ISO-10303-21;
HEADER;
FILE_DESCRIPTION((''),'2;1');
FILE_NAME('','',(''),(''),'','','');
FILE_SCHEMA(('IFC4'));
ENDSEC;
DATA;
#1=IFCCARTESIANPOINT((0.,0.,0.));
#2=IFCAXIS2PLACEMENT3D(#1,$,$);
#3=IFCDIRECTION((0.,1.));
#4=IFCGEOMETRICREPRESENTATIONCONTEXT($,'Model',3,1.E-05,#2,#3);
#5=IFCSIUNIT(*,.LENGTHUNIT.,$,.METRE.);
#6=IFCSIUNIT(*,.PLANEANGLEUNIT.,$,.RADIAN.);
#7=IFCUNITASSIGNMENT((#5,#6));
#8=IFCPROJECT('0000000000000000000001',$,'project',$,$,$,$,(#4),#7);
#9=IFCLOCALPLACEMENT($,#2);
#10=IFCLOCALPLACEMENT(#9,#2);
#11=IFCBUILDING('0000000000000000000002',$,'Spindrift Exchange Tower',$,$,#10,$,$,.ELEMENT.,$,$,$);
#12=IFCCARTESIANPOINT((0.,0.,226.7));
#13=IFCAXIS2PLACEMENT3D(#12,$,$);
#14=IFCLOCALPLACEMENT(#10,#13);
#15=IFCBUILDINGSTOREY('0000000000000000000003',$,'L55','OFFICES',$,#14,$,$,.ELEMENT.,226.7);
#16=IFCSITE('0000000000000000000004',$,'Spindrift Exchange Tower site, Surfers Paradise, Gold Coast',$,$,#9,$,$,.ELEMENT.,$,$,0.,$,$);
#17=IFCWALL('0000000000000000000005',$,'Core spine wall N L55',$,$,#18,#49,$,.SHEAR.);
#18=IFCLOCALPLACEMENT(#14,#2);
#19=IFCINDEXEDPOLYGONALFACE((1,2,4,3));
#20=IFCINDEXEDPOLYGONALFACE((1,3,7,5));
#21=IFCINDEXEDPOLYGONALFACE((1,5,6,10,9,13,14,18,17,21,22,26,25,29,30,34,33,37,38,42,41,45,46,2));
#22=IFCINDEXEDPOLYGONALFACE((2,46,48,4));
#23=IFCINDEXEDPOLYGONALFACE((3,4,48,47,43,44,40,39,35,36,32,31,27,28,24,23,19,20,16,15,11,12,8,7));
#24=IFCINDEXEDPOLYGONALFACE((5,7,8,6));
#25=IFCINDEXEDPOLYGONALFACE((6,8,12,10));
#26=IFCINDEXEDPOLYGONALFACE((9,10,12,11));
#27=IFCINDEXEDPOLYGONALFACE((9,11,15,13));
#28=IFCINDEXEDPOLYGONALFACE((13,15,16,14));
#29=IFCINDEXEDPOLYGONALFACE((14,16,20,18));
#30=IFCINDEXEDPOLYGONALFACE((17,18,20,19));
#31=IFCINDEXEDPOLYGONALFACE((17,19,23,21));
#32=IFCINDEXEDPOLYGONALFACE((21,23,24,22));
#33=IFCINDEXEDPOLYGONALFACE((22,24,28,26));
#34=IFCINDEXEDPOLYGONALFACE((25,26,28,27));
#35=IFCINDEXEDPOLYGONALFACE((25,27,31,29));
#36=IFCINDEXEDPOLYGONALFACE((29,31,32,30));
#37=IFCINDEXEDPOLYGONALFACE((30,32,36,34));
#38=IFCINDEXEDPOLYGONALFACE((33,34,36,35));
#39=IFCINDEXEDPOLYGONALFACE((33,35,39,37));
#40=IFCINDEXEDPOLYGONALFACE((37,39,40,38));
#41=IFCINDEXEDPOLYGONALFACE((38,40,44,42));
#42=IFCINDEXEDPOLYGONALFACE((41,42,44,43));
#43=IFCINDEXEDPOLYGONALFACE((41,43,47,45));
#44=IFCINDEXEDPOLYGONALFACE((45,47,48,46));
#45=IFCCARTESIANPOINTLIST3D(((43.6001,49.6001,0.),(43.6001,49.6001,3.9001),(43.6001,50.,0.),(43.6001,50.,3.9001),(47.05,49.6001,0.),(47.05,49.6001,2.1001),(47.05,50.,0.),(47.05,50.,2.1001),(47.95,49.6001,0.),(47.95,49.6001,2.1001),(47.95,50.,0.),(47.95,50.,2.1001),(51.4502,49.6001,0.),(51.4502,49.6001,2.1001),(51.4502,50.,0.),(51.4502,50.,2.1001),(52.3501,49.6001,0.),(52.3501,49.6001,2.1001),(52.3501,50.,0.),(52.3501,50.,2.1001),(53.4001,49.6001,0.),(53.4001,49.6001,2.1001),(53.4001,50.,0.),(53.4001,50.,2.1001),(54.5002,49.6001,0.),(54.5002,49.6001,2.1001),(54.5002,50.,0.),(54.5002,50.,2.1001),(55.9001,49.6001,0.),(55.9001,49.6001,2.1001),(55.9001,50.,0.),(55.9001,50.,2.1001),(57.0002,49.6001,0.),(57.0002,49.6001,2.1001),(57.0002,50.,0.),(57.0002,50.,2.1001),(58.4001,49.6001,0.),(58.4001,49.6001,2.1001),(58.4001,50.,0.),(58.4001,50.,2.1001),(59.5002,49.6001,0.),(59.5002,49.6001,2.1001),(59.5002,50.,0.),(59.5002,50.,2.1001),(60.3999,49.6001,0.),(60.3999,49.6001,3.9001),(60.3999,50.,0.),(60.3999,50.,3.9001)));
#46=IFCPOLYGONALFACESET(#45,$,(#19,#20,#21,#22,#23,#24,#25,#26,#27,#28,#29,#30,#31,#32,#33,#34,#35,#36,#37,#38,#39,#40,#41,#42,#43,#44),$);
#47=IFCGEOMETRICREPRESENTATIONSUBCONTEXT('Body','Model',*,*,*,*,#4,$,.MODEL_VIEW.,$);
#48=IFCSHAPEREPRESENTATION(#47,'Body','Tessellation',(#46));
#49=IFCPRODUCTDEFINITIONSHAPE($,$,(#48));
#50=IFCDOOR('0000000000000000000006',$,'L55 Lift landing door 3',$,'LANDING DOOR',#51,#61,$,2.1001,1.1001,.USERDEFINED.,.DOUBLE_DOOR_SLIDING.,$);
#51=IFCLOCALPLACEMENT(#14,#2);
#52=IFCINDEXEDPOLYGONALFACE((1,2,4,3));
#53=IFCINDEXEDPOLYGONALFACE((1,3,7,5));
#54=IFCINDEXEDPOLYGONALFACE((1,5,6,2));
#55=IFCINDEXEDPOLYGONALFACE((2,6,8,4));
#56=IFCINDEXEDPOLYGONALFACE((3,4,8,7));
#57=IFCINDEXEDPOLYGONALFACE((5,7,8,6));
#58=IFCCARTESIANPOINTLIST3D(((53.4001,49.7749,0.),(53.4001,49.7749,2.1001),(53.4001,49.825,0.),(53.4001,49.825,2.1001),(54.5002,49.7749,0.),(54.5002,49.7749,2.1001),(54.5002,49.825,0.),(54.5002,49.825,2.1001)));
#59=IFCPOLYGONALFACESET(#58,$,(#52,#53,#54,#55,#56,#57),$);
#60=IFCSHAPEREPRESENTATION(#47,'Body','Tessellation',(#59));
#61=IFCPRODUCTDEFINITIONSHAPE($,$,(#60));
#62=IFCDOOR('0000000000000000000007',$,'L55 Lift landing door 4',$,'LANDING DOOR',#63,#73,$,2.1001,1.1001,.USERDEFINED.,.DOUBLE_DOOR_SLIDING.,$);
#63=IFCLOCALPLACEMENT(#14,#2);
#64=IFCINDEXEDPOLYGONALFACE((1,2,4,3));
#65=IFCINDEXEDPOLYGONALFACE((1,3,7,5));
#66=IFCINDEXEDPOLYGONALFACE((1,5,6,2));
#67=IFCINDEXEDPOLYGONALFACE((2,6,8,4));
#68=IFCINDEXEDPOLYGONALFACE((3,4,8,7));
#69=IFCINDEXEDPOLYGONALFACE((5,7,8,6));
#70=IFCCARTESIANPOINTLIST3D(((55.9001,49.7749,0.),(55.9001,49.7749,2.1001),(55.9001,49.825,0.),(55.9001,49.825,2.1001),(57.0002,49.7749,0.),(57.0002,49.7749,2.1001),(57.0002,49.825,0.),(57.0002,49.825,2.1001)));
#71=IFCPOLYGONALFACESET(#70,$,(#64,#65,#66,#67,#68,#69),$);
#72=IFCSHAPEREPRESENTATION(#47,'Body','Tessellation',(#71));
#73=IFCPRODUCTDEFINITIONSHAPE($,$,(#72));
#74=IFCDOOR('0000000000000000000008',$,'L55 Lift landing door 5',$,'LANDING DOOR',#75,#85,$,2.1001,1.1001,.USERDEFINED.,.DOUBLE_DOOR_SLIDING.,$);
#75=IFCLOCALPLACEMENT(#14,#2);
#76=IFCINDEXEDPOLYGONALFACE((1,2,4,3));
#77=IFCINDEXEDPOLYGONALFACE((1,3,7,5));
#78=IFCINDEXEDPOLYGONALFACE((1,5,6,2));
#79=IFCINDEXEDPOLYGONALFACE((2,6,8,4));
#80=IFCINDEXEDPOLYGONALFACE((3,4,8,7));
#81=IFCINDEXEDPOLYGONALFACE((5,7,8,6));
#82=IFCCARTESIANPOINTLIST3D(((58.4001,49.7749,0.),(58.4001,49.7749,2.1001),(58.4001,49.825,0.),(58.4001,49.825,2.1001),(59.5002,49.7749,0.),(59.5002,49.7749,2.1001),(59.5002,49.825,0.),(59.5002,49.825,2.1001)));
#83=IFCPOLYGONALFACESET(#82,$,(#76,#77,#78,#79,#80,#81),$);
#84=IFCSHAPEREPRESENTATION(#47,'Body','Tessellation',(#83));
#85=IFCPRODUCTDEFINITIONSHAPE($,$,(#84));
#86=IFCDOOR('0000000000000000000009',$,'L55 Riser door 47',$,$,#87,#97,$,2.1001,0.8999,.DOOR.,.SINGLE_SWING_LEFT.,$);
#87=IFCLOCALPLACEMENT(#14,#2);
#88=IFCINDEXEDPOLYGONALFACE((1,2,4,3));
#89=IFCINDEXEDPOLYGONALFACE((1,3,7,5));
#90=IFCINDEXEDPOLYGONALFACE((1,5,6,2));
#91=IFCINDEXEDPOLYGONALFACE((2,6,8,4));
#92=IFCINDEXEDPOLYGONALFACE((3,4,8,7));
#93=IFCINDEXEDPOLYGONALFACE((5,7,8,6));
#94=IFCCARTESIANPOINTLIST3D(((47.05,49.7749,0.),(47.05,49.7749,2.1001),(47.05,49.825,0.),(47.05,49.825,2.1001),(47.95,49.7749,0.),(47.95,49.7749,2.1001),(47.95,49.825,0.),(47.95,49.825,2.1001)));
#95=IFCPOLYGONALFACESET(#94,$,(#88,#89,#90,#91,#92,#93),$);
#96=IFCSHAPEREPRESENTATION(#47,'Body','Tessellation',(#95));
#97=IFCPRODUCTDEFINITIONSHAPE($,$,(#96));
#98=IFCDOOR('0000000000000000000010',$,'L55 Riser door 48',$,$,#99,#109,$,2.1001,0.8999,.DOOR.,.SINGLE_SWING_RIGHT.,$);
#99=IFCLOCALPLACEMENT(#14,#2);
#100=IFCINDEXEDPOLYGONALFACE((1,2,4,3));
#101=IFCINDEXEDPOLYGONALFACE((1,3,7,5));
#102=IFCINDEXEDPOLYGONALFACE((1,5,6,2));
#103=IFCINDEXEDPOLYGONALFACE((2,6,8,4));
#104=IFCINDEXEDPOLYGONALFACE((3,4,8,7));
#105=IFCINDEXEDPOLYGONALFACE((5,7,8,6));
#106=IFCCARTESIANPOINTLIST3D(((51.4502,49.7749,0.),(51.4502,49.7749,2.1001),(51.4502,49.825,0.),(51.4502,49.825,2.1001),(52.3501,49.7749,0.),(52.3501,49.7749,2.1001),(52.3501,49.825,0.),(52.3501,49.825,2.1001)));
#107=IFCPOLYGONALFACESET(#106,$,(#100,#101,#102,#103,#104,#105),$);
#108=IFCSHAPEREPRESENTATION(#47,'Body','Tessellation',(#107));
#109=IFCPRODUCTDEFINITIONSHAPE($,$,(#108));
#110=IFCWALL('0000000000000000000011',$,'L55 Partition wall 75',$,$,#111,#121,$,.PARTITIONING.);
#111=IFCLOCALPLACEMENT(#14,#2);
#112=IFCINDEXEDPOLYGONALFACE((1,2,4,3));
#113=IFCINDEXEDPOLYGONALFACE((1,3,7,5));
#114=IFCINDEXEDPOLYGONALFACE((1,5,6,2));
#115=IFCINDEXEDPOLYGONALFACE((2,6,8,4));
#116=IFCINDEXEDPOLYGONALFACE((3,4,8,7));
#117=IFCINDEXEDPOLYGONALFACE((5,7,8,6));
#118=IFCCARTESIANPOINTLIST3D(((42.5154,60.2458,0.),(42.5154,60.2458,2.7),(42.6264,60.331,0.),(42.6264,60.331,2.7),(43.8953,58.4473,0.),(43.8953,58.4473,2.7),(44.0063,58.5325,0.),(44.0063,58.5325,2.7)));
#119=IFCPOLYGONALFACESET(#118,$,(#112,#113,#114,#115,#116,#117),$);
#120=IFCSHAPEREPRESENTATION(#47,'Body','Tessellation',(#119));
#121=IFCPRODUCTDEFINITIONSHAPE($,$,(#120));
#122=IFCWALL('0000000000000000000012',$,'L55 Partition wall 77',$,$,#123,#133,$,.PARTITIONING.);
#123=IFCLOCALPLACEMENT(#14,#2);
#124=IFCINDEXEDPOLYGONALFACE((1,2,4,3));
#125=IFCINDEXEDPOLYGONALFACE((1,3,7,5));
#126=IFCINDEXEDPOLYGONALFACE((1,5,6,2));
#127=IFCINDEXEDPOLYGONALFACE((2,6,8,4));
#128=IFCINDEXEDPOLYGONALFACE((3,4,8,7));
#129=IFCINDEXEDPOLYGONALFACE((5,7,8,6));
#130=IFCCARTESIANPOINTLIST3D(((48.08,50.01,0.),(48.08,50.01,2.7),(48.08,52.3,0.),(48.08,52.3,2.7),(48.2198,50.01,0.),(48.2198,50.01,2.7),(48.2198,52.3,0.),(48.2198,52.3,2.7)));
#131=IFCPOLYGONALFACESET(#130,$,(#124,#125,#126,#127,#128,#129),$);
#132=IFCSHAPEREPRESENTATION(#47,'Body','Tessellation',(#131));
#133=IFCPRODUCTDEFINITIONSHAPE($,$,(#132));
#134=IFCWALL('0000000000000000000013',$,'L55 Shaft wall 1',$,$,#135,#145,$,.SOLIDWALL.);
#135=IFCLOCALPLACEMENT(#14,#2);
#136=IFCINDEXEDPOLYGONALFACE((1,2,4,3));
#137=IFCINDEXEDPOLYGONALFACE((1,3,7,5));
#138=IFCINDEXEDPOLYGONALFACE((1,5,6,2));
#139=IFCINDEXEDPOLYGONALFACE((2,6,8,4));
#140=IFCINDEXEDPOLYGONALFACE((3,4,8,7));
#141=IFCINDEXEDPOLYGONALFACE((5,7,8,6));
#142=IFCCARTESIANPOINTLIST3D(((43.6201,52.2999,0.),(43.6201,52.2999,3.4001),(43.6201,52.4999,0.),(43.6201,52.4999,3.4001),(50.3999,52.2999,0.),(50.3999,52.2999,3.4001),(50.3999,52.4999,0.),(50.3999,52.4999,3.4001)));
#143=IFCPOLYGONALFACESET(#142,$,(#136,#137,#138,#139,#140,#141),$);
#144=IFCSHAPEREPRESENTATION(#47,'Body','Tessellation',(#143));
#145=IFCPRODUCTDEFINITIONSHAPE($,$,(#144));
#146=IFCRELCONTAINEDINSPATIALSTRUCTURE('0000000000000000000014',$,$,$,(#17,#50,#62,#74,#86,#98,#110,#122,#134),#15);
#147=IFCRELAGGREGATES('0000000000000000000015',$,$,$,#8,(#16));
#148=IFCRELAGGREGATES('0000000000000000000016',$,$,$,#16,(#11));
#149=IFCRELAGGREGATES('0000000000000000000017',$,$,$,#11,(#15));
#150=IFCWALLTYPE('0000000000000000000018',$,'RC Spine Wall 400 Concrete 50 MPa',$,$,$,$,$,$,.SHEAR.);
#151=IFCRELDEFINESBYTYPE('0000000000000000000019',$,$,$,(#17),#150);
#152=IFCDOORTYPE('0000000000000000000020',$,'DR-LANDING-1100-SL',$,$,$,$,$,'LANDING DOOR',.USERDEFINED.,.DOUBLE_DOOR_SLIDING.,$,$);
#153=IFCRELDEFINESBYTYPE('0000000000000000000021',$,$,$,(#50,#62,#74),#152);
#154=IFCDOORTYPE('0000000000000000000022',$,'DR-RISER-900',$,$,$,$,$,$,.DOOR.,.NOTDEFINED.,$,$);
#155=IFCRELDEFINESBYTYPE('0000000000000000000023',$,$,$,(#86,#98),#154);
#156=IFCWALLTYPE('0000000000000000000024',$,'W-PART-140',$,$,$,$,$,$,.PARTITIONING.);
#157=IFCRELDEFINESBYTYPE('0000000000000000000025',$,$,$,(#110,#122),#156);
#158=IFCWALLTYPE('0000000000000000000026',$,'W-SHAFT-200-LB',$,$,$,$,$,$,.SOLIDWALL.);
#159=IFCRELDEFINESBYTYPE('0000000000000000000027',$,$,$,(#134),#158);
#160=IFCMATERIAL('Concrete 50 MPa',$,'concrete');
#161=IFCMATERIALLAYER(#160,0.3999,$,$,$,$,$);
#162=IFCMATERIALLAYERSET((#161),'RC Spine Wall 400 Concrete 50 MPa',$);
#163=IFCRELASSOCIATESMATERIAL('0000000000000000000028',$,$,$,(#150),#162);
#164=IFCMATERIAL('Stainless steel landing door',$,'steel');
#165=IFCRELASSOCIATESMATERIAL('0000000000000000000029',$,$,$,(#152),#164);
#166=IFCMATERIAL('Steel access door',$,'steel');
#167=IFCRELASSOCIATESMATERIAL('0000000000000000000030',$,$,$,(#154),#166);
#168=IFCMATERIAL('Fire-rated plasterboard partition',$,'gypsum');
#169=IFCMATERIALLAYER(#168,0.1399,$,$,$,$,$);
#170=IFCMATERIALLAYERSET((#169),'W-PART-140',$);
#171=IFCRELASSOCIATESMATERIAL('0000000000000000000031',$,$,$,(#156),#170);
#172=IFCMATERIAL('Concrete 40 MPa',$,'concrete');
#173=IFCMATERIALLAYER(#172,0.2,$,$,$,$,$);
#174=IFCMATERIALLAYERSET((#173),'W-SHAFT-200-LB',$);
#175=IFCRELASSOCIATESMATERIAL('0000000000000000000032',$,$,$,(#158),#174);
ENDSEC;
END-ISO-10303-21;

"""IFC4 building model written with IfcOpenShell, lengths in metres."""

from ifc_helpers import new_model, si_unit, direction, frame, frame_2d, origin, place, context, subcontext, project, spatial, rectangle, extrude, source, transform, mapped, material, layer, layer_set, type_object, element, fill, save


model = new_model("IFC4")

# Units and contexts
model_context = context("Model", 3, precision=1e-05, world=origin(), true_north=direction((0.0, 1.0)))
body_context = subcontext(model_context, "Body", "Model", "MODEL_VIEW")
ifc_project = project(units=[si_unit("LENGTHUNIT", "METRE"), si_unit("PLANEANGLEUNIT", "RADIAN")], contexts=[model_context])

# Site, building, storey
site_placement = place(None, origin())
site = spatial("IfcSite", under=ifc_project, at=site_placement, Name="Spindrift Exchange Tower site, Surfers Paradise, Gold Coast", CompositionType="ELEMENT", RefElevation=0.0)
building_placement = place(site_placement, origin())
building = spatial("IfcBuilding", under=site, at=building_placement, Name="Spindrift Exchange Tower", CompositionType="ELEMENT")
storey_placement = place(building_placement, frame((0.0, 0.0, 226.7)))
storey = spatial("IfcBuildingStorey", under=building, at=storey_placement, Name="L55", Description="OFFICES", CompositionType="ELEMENT", Elevation=226.7)

# Shared definitions
ifc_material_1 = material(Name="Concrete 50 MPa", Category="concrete")

# Wall, openings, doors
ifc_layer_1 = layer(ifc_material_1, 0.3999)
ifc_layer_set_1 = layer_set([ifc_layer_1], Name="RC Spine Wall 400 Concrete 50 MPa")
wall_type_1 = type_object("IfcWallType", Name="RC Spine Wall 400 Concrete 50 MPa", PredefinedType="SHEAR", material=ifc_layer_set_1)
wall_1_placement = place(storey_placement, frame((43.6001, 49.8, 0.0), z_axis=(0.0, 0.0, 1.0), x_axis=(1.0, 0.0, 0.0)))
wall_1 = element("IfcWall", 1, at=wall_1_placement, inside=storey, type_object=wall_type_1, Name="Core spine wall N L55", PredefinedType="SHEAR", context=body_context, shape_type="SweptSolid", body=[
    extrude(rectangle(XDim=16.7998, YDim=0.3999, at=frame_2d((8.3999, 0.0))), origin(), (0.0, 0.0, 1.0), 3.9001),
])
opening_1_placement = place(wall_1_placement, frame((9.8, 0.0, 0.0)))
opening_1 = element("IfcOpeningElement", 2, at=opening_1_placement, cuts=wall_1, PredefinedType="OPENING", context=body_context, shape_type="SweptSolid", body=[
    extrude(rectangle(XDim=1.1001, YDim=2.1001, at=frame_2d((0.55, 1.05))), frame((0.0, 0.21, 0.0), z_axis=(0.0, -1.0, 0.0), x_axis=(1.0, 0.0, 0.0)), (0.0, 0.0, 1.0), 0.4199),
])
opening_2_placement = place(wall_1_placement, frame((12.3, 0.0, 0.0)))
opening_2 = element("IfcOpeningElement", 3, at=opening_2_placement, cuts=wall_1, PredefinedType="OPENING", context=body_context, shape_type="SweptSolid", body=[
    extrude(rectangle(XDim=1.1001, YDim=2.1001, at=frame_2d((0.55, 1.05))), frame((0.0, 0.21, 0.0), z_axis=(0.0, -1.0, 0.0), x_axis=(1.0, 0.0, 0.0)), (0.0, 0.0, 1.0), 0.4199),
])
opening_3_placement = place(wall_1_placement, frame((14.8, 0.0, 0.0)))
opening_3 = element("IfcOpeningElement", 4, at=opening_3_placement, cuts=wall_1, PredefinedType="OPENING", context=body_context, shape_type="SweptSolid", body=[
    extrude(rectangle(XDim=1.1001, YDim=2.1001, at=frame_2d((0.55, 1.05))), frame((0.0, 0.21, 0.0), z_axis=(0.0, -1.0, 0.0), x_axis=(1.0, 0.0, 0.0)), (0.0, 0.0, 1.0), 0.4199),
])
opening_4_placement = place(wall_1_placement, frame((3.45, 0.0, 0.0)))
opening_4 = element("IfcOpeningElement", 5, at=opening_4_placement, cuts=wall_1, PredefinedType="OPENING", context=body_context, shape_type="SweptSolid", body=[
    extrude(rectangle(XDim=0.8999, YDim=2.1001, at=frame_2d((0.45, 1.05))), frame((0.0, 0.21, 0.0), z_axis=(0.0, -1.0, 0.0), x_axis=(1.0, 0.0, 0.0)), (0.0, 0.0, 1.0), 0.4199),
])
opening_5_placement = place(wall_1_placement, frame((7.8501, 0.0, 0.0)))
opening_5 = element("IfcOpeningElement", 6, at=opening_5_placement, cuts=wall_1, PredefinedType="OPENING", context=body_context, shape_type="SweptSolid", body=[
    extrude(rectangle(XDim=0.8999, YDim=2.1001, at=frame_2d((0.45, 1.05))), frame((0.0, 0.21, 0.0), z_axis=(0.0, -1.0, 0.0), x_axis=(1.0, 0.0, 0.0)), (0.0, 0.0, 1.0), 0.4199),
])
ifc_material_2 = material(Name="Stainless steel landing door", Category="steel")
door_type_1 = type_object("IfcDoorType", Name="DR-LANDING-1100-SL", ElementType="LANDING DOOR", OperationType="DOUBLE_DOOR_SLIDING", PredefinedType="USERDEFINED", material=ifc_material_2)
shared_shape_1 = source(origin(), body_context, "Body", "SweptSolid", [
    extrude(rectangle(XDim=1.1001, YDim=2.1001, at=frame_2d((0.55, 1.05))), frame((0.0, 0.0249, 0.0), z_axis=(0.0, -1.0, 0.0), x_axis=(1.0, 0.0, 0.0)), (0.0, 0.0, 1.0), 0.05),
])
door_1_placement = place(opening_1_placement, origin())
door_1 = element("IfcDoor", 7, at=door_1_placement, inside=storey, type_object=door_type_1, Name="L55 Lift landing door 3", ObjectType="LANDING DOOR", OperationType="DOUBLE_DOOR_SLIDING", OverallHeight=2.1001, OverallWidth=1.1001, PredefinedType="USERDEFINED", context=body_context, shape_type="MappedRepresentation", body=[
    mapped(shared_shape_1, transform((0.0, 0.0, 0.0), scale=1.0)),
])
fill(opening_1, door_1)
door_2_placement = place(opening_2_placement, origin())
door_2 = element("IfcDoor", 8, at=door_2_placement, inside=storey, type_object=door_type_1, Name="L55 Lift landing door 4", ObjectType="LANDING DOOR", OperationType="DOUBLE_DOOR_SLIDING", OverallHeight=2.1001, OverallWidth=1.1001, PredefinedType="USERDEFINED", context=body_context, shape_type="MappedRepresentation", body=[
    mapped(shared_shape_1, transform((0.0, 0.0, 0.0), scale=1.0)),
])
fill(opening_2, door_2)
door_3_placement = place(opening_3_placement, origin())
door_3 = element("IfcDoor", 9, at=door_3_placement, inside=storey, type_object=door_type_1, Name="L55 Lift landing door 5", ObjectType="LANDING DOOR", OperationType="DOUBLE_DOOR_SLIDING", OverallHeight=2.1001, OverallWidth=1.1001, PredefinedType="USERDEFINED", context=body_context, shape_type="MappedRepresentation", body=[
    mapped(shared_shape_1, transform((0.0, 0.0, 0.0), scale=1.0)),
])
fill(opening_3, door_3)
ifc_material_3 = material(Name="Steel access door", Category="steel")
door_type_2 = type_object("IfcDoorType", Name="DR-RISER-900", OperationType="NOTDEFINED", PredefinedType="DOOR", material=ifc_material_3)
shared_shape_2 = source(origin(), body_context, "Body", "SweptSolid", [
    extrude(rectangle(XDim=0.8999, YDim=2.1001, at=frame_2d((0.45, 1.05))), frame((0.0, 0.0249, 0.0), z_axis=(0.0, -1.0, 0.0), x_axis=(1.0, 0.0, 0.0)), (0.0, 0.0, 1.0), 0.05),
])
door_4_placement = place(opening_4_placement, origin())
door_4 = element("IfcDoor", 10, at=door_4_placement, inside=storey, type_object=door_type_2, Name="L55 Riser door 47", OperationType="SINGLE_SWING_LEFT", OverallHeight=2.1001, OverallWidth=0.8999, PredefinedType="DOOR", context=body_context, shape_type="MappedRepresentation", body=[
    mapped(shared_shape_2, transform((0.0, 0.0, 0.0), scale=1.0)),
])
fill(opening_4, door_4)
door_5_placement = place(opening_5_placement, origin())
door_5 = element("IfcDoor", 11, at=door_5_placement, inside=storey, type_object=door_type_2, Name="L55 Riser door 48", OperationType="SINGLE_SWING_RIGHT", OverallHeight=2.1001, OverallWidth=0.8999, PredefinedType="DOOR", context=body_context, shape_type="MappedRepresentation", body=[
    mapped(shared_shape_2, transform((0.0, 0.0, 0.0), scale=1.0)),
])
fill(opening_5, door_5)

# Walls
ifc_material_4 = material(Name="Fire-rated plasterboard partition", Category="gypsum")
ifc_layer_2 = layer(ifc_material_4, 0.1399)
ifc_layer_set_2 = layer_set([ifc_layer_2], Name="W-PART-140")
wall_type_2 = type_object("IfcWallType", Name="W-PART-140", PredefinedType="PARTITIONING", material=ifc_layer_set_2)
wall_2_placement = place(storey_placement, frame((43.9507, 58.49, 0.0), z_axis=(0.0, 0.0, 1.0), x_axis=(-0.608701, 0.7934, 0.0)))
element("IfcWall", 12, at=wall_2_placement, inside=storey, type_object=wall_type_2, Name="L55 Partition wall 75", PredefinedType="PARTITIONING", context=body_context, shape_type="SweptSolid", body=[
    extrude(rectangle(XDim=2.2668, YDim=0.1399, at=frame_2d((1.1333, 0.0))), origin(), (0.0, 0.0, 1.0), 2.7),
])
wall_3_placement = place(storey_placement, frame((48.1499, 50.01, 0.0), z_axis=(0.0, 0.0, 1.0), x_axis=(0.0, 1.0, 0.0)))
element("IfcWall", 13, at=wall_3_placement, inside=storey, type_object=wall_type_2, Name="L55 Partition wall 77", PredefinedType="PARTITIONING", context=body_context, shape_type="SweptSolid", body=[
    extrude(rectangle(XDim=2.29, YDim=0.1399, at=frame_2d((1.145, 0.0))), origin(), (0.0, 0.0, 1.0), 2.7),
])
ifc_material_5 = material(Name="Concrete 40 MPa", Category="concrete")
ifc_layer_3 = layer(ifc_material_5, 0.2)
ifc_layer_set_3 = layer_set([ifc_layer_3], Name="W-SHAFT-200-LB")
wall_type_3 = type_object("IfcWallType", Name="W-SHAFT-200-LB", PredefinedType="SOLIDWALL", material=ifc_layer_set_3)
wall_4_placement = place(storey_placement, frame((43.6201, 52.3999, 0.0), z_axis=(0.0, 0.0, 1.0), x_axis=(1.0, 0.0, 0.0)))
element("IfcWall", 14, at=wall_4_placement, inside=storey, type_object=wall_type_3, Name="L55 Shaft wall 1", PredefinedType="SOLIDWALL", context=body_context, shape_type="SweptSolid", body=[
    extrude(rectangle(XDim=6.7798, YDim=0.2, at=frame_2d((3.3899, 0.0))), origin(), (0.0, 0.0, 1.0), 3.4001),
])

save(model, "model.ifc")
